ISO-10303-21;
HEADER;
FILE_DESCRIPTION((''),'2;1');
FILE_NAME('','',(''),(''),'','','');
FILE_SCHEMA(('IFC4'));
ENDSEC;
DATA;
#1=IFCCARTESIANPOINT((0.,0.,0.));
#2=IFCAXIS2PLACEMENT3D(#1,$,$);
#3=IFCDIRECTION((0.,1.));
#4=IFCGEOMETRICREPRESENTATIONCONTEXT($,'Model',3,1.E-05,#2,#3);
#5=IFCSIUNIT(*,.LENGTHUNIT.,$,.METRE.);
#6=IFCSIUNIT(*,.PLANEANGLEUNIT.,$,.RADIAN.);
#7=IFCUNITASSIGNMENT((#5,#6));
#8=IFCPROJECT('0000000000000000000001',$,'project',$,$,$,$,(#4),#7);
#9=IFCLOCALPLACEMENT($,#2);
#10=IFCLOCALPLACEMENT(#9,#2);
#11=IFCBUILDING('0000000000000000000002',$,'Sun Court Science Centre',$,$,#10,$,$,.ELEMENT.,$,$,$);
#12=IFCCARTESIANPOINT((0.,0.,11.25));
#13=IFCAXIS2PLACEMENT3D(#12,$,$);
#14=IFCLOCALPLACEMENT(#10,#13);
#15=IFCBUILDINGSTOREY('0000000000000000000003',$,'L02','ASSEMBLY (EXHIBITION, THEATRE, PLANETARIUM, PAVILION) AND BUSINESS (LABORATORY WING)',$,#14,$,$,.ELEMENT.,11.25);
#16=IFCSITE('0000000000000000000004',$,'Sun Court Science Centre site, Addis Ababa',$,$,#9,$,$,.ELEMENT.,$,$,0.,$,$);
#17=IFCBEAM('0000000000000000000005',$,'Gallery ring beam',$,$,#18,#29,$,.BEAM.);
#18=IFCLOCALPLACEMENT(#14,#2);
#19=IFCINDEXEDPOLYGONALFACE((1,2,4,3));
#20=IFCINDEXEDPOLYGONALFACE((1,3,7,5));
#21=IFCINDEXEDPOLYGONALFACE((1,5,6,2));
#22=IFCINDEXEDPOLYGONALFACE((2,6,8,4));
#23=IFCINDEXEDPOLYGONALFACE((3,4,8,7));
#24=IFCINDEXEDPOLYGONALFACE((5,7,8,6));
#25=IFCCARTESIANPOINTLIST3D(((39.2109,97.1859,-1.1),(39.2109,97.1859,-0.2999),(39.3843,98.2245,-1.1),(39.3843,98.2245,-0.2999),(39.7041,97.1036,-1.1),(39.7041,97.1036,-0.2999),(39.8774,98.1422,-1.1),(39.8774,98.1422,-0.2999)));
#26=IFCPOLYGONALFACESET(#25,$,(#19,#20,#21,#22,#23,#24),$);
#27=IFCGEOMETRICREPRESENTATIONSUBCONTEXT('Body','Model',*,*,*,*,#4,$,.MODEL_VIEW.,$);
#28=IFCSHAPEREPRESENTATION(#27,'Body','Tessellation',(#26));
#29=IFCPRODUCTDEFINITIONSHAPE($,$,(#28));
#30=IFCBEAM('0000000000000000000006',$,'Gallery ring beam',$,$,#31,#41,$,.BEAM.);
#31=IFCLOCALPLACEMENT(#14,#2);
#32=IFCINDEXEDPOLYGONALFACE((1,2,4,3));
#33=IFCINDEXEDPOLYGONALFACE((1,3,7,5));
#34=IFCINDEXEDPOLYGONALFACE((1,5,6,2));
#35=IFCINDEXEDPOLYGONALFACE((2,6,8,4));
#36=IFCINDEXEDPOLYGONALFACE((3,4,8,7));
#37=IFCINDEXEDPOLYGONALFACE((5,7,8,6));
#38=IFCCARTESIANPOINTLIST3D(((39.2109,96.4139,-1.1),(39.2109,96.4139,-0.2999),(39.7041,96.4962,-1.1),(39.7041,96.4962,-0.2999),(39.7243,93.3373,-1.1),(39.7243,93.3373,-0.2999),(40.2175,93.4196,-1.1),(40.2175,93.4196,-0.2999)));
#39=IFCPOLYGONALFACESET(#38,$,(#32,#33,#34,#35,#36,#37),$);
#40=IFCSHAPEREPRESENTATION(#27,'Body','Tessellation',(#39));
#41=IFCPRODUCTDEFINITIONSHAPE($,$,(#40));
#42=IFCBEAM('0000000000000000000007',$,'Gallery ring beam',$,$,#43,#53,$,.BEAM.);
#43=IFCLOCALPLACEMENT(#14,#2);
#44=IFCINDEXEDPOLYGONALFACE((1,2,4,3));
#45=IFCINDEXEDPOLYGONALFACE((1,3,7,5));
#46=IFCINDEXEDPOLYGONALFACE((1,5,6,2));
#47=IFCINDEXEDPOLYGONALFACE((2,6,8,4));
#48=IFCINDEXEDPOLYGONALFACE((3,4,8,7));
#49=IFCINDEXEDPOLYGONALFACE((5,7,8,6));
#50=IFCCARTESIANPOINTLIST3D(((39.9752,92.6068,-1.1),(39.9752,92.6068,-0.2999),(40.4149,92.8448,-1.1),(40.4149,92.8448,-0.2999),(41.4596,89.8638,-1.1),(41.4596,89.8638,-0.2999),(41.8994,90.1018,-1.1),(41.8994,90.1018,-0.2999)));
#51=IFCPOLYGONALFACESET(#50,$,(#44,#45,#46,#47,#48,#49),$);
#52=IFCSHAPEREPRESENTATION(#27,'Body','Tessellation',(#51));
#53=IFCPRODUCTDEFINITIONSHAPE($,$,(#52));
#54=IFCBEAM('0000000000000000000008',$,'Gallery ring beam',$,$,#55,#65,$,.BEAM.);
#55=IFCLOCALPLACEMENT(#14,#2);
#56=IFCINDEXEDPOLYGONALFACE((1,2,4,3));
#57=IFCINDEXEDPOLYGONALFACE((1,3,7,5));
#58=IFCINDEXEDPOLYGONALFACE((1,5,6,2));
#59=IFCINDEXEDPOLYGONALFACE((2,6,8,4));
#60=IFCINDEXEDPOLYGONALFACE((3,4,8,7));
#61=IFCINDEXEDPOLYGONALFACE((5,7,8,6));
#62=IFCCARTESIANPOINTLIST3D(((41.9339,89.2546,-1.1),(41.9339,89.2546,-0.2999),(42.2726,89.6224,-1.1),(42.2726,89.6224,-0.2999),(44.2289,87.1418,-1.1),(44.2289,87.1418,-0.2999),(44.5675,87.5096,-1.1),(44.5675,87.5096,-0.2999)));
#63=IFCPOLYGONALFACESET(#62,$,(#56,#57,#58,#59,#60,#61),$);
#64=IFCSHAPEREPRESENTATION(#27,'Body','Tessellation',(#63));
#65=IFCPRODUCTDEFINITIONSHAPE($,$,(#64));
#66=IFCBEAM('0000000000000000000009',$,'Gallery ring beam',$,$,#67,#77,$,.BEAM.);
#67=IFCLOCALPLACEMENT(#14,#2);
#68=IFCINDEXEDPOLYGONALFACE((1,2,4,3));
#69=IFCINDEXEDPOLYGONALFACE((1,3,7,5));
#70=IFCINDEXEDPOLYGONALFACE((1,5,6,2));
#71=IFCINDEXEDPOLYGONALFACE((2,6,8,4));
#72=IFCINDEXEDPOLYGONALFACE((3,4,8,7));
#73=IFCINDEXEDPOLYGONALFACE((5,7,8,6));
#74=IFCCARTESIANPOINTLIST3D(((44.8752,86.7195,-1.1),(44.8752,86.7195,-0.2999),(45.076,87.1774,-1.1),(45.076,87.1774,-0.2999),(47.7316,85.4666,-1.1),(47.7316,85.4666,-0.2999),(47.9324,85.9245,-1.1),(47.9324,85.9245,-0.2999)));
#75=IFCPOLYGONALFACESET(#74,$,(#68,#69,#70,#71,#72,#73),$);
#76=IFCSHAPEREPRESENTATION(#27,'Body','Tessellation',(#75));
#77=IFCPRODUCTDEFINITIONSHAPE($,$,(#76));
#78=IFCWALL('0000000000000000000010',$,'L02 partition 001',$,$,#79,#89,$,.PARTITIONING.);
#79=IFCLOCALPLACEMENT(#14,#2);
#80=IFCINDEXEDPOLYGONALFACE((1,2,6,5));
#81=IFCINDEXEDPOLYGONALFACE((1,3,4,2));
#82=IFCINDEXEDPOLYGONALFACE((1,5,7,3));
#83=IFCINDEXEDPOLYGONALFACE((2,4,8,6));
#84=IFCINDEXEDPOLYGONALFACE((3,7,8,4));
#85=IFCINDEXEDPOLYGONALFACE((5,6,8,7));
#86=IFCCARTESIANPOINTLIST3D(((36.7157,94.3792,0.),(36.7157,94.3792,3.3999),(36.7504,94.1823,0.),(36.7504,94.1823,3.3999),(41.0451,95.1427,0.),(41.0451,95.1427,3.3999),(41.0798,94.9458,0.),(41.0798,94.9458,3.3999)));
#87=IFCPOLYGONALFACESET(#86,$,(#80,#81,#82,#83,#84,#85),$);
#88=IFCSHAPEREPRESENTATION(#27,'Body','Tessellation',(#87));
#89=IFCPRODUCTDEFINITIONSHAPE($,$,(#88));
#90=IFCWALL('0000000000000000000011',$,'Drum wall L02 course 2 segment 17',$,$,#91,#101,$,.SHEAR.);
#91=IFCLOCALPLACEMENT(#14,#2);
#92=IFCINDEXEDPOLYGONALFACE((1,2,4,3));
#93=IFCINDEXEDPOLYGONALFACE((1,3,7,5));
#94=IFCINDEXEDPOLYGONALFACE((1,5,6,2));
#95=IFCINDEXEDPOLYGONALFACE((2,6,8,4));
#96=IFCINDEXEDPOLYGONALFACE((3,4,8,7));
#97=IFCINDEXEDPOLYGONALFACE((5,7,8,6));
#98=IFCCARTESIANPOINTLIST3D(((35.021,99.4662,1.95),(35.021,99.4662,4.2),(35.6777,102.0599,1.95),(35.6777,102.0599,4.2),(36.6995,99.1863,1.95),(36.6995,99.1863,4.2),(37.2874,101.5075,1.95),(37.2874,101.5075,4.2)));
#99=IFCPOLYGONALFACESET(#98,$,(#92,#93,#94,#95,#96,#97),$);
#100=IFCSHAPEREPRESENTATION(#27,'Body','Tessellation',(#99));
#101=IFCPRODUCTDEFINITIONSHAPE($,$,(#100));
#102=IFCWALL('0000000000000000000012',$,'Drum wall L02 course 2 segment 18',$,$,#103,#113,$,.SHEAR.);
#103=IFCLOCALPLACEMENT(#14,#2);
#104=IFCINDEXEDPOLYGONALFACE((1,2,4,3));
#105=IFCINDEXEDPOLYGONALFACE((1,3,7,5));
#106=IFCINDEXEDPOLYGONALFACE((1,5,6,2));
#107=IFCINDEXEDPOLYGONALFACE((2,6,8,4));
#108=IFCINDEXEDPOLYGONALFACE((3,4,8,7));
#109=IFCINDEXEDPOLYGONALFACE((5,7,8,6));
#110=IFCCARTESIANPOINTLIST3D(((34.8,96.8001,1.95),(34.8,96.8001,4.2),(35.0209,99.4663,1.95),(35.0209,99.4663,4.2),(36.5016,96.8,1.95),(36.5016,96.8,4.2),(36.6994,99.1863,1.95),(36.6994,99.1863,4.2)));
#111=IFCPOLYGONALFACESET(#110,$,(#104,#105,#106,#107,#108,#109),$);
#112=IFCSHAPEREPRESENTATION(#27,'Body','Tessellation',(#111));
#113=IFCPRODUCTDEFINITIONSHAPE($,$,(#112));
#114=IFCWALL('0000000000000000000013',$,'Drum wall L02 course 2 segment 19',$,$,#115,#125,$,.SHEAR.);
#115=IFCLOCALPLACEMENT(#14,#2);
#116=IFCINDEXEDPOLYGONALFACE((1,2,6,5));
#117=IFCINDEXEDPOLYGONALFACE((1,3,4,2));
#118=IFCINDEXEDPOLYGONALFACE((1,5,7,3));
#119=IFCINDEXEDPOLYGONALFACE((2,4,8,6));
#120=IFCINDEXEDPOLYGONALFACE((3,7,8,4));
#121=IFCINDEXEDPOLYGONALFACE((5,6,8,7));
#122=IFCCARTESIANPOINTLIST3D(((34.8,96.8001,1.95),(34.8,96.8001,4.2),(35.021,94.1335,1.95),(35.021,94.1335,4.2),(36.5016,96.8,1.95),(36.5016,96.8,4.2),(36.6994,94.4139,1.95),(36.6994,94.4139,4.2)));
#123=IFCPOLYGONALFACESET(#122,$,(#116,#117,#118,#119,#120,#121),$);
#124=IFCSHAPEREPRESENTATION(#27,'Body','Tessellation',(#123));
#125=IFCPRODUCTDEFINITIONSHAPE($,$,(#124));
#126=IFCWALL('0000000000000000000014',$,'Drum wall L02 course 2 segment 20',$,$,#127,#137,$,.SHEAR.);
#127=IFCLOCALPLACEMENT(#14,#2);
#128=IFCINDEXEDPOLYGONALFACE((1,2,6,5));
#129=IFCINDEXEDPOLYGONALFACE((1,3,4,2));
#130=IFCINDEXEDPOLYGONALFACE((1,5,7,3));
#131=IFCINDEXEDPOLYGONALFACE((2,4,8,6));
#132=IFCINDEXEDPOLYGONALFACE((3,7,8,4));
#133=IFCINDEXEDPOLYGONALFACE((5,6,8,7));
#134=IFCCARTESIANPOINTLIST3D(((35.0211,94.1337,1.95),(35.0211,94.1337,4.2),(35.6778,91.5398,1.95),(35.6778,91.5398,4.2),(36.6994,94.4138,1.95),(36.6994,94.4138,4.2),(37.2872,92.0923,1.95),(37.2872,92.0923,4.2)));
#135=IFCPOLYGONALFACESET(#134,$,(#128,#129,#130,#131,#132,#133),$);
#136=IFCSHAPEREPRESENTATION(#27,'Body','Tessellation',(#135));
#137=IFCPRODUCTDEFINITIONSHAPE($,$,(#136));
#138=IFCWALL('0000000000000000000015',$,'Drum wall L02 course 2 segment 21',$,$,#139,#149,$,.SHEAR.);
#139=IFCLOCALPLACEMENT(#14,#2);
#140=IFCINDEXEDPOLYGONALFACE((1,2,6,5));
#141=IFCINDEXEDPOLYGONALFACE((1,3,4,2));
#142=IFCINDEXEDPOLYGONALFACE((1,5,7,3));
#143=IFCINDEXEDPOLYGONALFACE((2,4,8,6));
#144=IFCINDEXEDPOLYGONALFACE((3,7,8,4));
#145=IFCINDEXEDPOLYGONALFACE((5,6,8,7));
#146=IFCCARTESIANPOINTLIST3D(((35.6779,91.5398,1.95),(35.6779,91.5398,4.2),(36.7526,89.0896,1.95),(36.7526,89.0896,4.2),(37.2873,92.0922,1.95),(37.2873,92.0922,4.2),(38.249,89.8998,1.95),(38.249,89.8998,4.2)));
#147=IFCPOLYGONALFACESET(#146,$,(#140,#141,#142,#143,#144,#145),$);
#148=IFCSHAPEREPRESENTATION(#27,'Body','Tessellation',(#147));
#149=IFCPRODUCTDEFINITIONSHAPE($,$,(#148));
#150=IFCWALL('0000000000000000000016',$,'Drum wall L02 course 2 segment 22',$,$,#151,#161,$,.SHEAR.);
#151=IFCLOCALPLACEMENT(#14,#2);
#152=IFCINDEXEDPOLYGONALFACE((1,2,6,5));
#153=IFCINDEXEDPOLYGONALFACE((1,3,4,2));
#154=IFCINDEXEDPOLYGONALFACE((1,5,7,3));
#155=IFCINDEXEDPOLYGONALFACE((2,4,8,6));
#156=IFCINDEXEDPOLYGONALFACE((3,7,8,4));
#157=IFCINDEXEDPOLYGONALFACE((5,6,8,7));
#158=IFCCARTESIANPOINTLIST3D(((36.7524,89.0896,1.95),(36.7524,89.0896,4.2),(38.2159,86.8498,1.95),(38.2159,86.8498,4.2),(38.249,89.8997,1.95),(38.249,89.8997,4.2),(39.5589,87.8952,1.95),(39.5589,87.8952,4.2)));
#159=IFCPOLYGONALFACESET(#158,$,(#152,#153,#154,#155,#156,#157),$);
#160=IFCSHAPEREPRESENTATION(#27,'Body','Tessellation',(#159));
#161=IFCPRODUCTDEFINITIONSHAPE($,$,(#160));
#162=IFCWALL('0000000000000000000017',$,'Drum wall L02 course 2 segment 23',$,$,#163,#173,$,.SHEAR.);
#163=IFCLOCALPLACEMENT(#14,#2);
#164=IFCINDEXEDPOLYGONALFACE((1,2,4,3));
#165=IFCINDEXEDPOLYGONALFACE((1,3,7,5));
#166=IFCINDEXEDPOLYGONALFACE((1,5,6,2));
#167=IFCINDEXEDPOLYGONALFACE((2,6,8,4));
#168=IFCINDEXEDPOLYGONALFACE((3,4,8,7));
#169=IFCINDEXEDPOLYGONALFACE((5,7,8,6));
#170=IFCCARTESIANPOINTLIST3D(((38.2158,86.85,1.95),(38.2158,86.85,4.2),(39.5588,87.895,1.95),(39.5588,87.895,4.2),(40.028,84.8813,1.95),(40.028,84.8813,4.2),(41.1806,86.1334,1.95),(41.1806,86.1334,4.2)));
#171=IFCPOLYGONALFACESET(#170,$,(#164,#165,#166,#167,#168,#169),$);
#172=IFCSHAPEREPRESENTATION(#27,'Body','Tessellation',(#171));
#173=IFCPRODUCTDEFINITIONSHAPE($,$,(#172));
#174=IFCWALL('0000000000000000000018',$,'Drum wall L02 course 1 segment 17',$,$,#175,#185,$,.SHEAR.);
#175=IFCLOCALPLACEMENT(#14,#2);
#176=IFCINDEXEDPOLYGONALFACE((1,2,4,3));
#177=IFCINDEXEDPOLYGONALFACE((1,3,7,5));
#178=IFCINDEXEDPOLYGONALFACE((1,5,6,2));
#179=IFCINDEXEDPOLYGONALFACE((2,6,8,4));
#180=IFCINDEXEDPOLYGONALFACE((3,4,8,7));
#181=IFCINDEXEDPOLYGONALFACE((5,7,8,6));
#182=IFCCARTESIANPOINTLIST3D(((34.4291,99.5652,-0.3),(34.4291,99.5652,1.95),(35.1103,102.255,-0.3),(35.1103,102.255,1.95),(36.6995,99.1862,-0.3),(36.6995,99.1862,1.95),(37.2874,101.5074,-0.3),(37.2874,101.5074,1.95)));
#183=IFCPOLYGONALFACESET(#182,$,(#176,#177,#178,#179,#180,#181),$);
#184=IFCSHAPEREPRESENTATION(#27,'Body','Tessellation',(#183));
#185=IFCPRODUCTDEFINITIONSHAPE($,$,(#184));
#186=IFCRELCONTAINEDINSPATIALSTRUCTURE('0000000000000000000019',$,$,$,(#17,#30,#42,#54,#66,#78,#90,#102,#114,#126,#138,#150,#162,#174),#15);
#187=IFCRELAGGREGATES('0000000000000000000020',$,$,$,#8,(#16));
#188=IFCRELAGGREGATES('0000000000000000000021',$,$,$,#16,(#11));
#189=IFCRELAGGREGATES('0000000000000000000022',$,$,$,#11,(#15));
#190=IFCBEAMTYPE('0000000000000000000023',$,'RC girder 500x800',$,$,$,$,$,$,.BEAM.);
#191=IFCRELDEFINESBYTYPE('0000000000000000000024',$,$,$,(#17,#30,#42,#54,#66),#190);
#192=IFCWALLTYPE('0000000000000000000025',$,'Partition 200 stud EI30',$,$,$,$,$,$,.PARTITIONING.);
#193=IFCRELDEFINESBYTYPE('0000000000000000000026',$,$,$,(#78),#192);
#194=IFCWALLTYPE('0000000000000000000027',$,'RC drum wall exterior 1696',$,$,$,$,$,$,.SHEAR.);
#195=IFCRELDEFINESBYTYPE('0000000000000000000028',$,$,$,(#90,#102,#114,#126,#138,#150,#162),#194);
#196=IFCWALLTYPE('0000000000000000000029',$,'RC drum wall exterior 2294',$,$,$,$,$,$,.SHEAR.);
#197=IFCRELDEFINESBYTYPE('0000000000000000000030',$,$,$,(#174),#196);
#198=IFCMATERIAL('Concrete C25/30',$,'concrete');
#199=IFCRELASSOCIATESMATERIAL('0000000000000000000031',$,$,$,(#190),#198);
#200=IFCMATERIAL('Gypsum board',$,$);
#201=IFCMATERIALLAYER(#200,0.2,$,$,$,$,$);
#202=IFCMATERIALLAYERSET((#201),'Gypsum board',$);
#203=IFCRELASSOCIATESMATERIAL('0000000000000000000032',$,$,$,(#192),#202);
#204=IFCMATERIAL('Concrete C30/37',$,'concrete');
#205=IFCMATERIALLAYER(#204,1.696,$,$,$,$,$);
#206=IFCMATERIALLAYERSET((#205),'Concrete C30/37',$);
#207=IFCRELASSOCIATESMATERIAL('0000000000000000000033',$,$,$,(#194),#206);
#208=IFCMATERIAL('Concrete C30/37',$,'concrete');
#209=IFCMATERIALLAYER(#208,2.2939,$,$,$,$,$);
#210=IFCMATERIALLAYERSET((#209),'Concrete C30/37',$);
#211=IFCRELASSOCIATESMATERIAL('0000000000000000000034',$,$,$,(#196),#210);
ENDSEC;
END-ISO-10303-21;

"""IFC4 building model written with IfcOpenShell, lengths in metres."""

from ifc_helpers import new_model, si_unit, direction, frame, frame_2d, origin, origin_2d, place, context, subcontext, project, spatial, polyline, rectangle, outline, extrude, material, layer, layer_set, material_profile, profile_set, type_object, element, save


model = new_model("IFC4")

# Units and contexts
model_context = context("Model", 3, precision=1e-05, world=origin(), true_north=direction((0.0, 1.0)))
body_context = subcontext(model_context, "Body", "Model", "MODEL_VIEW")
ifc_project = project(units=[si_unit("LENGTHUNIT", "METRE"), si_unit("PLANEANGLEUNIT", "RADIAN")], contexts=[model_context])

# Site, building, storey
site_placement = place(None, origin())
site = spatial("IfcSite", under=ifc_project, at=site_placement, Name="Sun Court Science Centre site, Addis Ababa", CompositionType="ELEMENT", RefElevation=0.0)
building_placement = place(site_placement, origin())
building = spatial("IfcBuilding", under=site, at=building_placement, Name="Sun Court Science Centre", CompositionType="ELEMENT")
storey_placement = place(building_placement, frame((0.0, 0.0, 11.25)))
storey = spatial("IfcBuildingStorey", under=building, at=storey_placement, Name="L02", Description="ASSEMBLY (EXHIBITION, THEATRE, PLANETARIUM, PAVILION) AND BUSINESS (LABORATORY WING)", CompositionType="ELEMENT", Elevation=11.25)

# Beams
ifc_material_1 = material(Name="Concrete C25/30", Category="concrete")
ifc_material_profile_1 = material_profile(ifc_material_1, rectangle(XDim=0.5, YDim=0.8, at=origin_2d()), Name="RC 500x800")
ifc_profile_set_1 = profile_set([ifc_material_profile_1], Name="Concrete C25/30")
beam_type = type_object("IfcBeamType", Name="RC girder 500x800", PredefinedType="BEAM", material=ifc_profile_set_1)
beam_1_placement = place(storey_placement, frame((39.6309, 98.1833, -0.7), z_axis=(-0.164625, -0.986356, 0.0), x_axis=(0.986356, -0.164625, 0.0)))
element("IfcBeam", 1, at=beam_1_placement, inside=storey, type_object=beam_type, Name="Gallery ring beam", PredefinedType="BEAM", context=body_context, shape_type="SweptSolid", body=[
    extrude(rectangle(XDim=0.5, YDim=0.8, at=origin_2d()), origin(), (0.0, 0.0, 1.0), 1.053),
])
beam_2_placement = place(storey_placement, frame((39.4575, 96.4551, -0.7), z_axis=(0.164602, -0.98636, 0.0), x_axis=(0.98636, 0.164602, 0.0)))
element("IfcBeam", 2, at=beam_2_placement, inside=storey, type_object=beam_type, Name="Gallery ring beam", PredefinedType="BEAM", context=body_context, shape_type="SweptSolid", body=[
    extrude(rectangle(XDim=0.5, YDim=0.8, at=origin_2d()), origin(), (0.0, 0.0, 1.0), 3.1191),
])
beam_3_placement = place(storey_placement, frame((40.1951, 92.7258, -0.7), z_axis=(0.475943, -0.879476, 0.0), x_axis=(0.879476, 0.475943, 0.0)))
element("IfcBeam", 3, at=beam_3_placement, inside=storey, type_object=beam_type, Name="Gallery ring beam", PredefinedType="BEAM", context=body_context, shape_type="SweptSolid", body=[
    extrude(rectangle(XDim=0.5, YDim=0.8, at=origin_2d()), origin(), (0.0, 0.0, 1.0), 3.1189),
])
beam_4_placement = place(storey_placement, frame((42.1033, 89.4385, -0.7), z_axis=(0.735697, -0.677311, 0.0), x_axis=(0.677311, 0.735697, 0.0)))
element("IfcBeam", 4, at=beam_4_placement, inside=storey, type_object=beam_type, Name="Gallery ring beam", PredefinedType="BEAM", context=body_context, shape_type="SweptSolid", body=[
    extrude(rectangle(XDim=0.5, YDim=0.8, at=origin_2d()), origin(), (0.0, 0.0, 1.0), 3.1194),
])
beam_5_placement = place(storey_placement, frame((44.9756, 86.9485, -0.7), z_axis=(0.915776, -0.401689, 0.0), x_axis=(0.401689, 0.915776, 0.0)))
element("IfcBeam", 5, at=beam_5_placement, inside=storey, type_object=beam_type, Name="Gallery ring beam", PredefinedType="BEAM", context=body_context, shape_type="SweptSolid", body=[
    extrude(rectangle(XDim=0.5, YDim=0.8, at=origin_2d()), origin(), (0.0, 0.0, 1.0), 3.1191),
])

# Walls
ifc_material_2 = material(Name="Gypsum board")
ifc_layer_1 = layer(ifc_material_2, 0.2)
ifc_layer_set_1 = layer_set([ifc_layer_1], Name="Gypsum board")
wall_type_1 = type_object("IfcWallType", Name="Partition 200 stud EI30", PredefinedType="PARTITIONING", material=ifc_layer_set_1)
wall_1_placement = place(storey_placement, frame((36.7329, 94.2808, 0.0), z_axis=(0.0, 0.0, 1.0), x_axis=(0.984806, 0.173659, 0.0)))
element("IfcWall", 6, at=wall_1_placement, inside=storey, type_object=wall_type_1, Name="L02 partition 001", PredefinedType="PARTITIONING", context=body_context, shape_type="SweptSolid", body=[
    extrude(rectangle(XDim=4.3962, YDim=0.2, at=frame_2d((2.1982, 0.0))), origin(), (0.0, 0.0, 1.0), 3.3999),
])
ifc_material_3 = material(Name="Concrete C30/37", Category="concrete")
ifc_layer_2 = layer(ifc_material_3, 1.696)
ifc_layer_set_2 = layer_set([ifc_layer_2], Name="Concrete C30/37")
wall_type_2 = type_object("IfcWallType", Name="RC drum wall exterior 1696", PredefinedType="SHEAR", material=ifc_layer_set_2)
wall_2_placement = place(storey_placement, frame((36.4998, 101.8521, 1.95), z_axis=(0.0, 0.0, 1.0), x_axis=(-0.245454, -0.969408, 0.0)))
element("IfcWall", 7, at=wall_2_placement, inside=storey, type_object=wall_type_2, Name="Drum wall L02 course 2 segment 17", PredefinedType="SHEAR", context=body_context, shape_type="SweptSolid", body=[
    extrude(outline(polyline([(0.0002, -0.8479), (2.6758, -0.8479), (2.5352, 0.8479), (0.1406, 0.8481), (0.0002, -0.8479)])), origin(), (0.0, 0.0, 1.0), 2.25),
])
wall_3_placement = place(storey_placement, frame((35.866, 99.3965, 1.95), z_axis=(0.0, 0.0, 1.0), x_axis=(-0.082577, -0.996585, 0.0)))
element("IfcWall", 8, at=wall_3_placement, inside=storey, type_object=wall_type_2, Name="Drum wall L02 course 2 segment 18", PredefinedType="SHEAR", context=body_context, shape_type="SweptSolid", body=[
    extrude(outline(polyline([(0.0002, -0.8479), (2.6755, -0.8479), (2.5352, 0.8479), (0.1406, 0.8479), (0.0002, -0.8479)])), origin(), (0.0, 0.0, 1.0), 2.25),
])
wall_4_placement = place(storey_placement, frame((35.645, 96.8701, 1.95), z_axis=(0.0, 0.0, 1.0), x_axis=(0.082577, -0.996585, 0.0)))
element("IfcWall", 9, at=wall_4_placement, inside=storey, type_object=wall_type_2, Name="Drum wall L02 course 2 segment 19", PredefinedType="SHEAR", context=body_context, shape_type="SweptSolid", body=[
    extrude(outline(polyline([(0.0, -0.8479), (2.6758, -0.8479), (2.5349, 0.8479), (0.1406, 0.8479), (0.0, -0.8479)])), origin(), (0.0, 0.0, 1.0), 2.25),
])
wall_5_placement = place(storey_placement, frame((35.843, 94.3418, 1.95), z_axis=(0.0, 0.0, 1.0), x_axis=(0.245454, -0.969408, 0.0)))
element("IfcWall", 10, at=wall_5_placement, inside=storey, type_object=wall_type_2, Name="Drum wall L02 course 2 segment 20", PredefinedType="SHEAR", context=body_context, shape_type="SweptSolid", body=[
    extrude(outline(polyline([(0.0, -0.8479), (2.6758, -0.8479), (2.5352, 0.8479), (0.1404, 0.8479), (0.0, -0.8479)])), origin(), (0.0, 0.0, 1.0), 2.25),
])
wall_6_placement = place(storey_placement, frame((36.4543, 91.8804, 1.95), z_axis=(0.0, 0.0, 1.0), x_axis=(0.40168, -0.91578, 0.0)))
element("IfcWall", 11, at=wall_6_placement, inside=storey, type_object=wall_type_2, Name="Drum wall L02 course 2 segment 21", PredefinedType="SHEAR", context=body_context, shape_type="SweptSolid", body=[
    extrude(outline(polyline([(0.0, -0.8479), (2.6755, -0.8479), (2.5347, 0.8479), (0.1406, 0.8479), (0.0, -0.8479)])), origin(), (0.0, 0.0, 1.0), 2.25),
])
wall_7_placement = place(storey_placement, frame((37.4624, 89.5535, 1.95), z_axis=(0.0, 0.0, 1.0), x_axis=(0.546927, -0.83718, 0.0)))
element("IfcWall", 12, at=wall_7_placement, inside=storey, type_object=wall_type_2, Name="Drum wall L02 course 2 segment 22", PredefinedType="SHEAR", context=body_context, shape_type="SweptSolid", body=[
    extrude(outline(polyline([(0.0, -0.8481), (2.6755, -0.8479), (2.5349, 0.8481), (0.1404, 0.8479), (0.0, -0.8481)])), origin(), (0.0, 0.0, 1.0), 2.25),
])
wall_8_placement = place(storey_placement, frame((38.8398, 87.4241, 1.95), z_axis=(0.0, 0.0, 1.0), x_axis=(0.677256, -0.735747, 0.0)))
element("IfcWall", 13, at=wall_8_placement, inside=storey, type_object=wall_type_2, Name="Drum wall L02 course 2 segment 23", PredefinedType="SHEAR", context=body_context, shape_type="SweptSolid", body=[
    extrude(outline(polyline([(-0.0002, -0.8479), (2.6755, -0.8479), (2.5349, 0.8481), (0.1404, 0.8479), (-0.0002, -0.8479)])), origin(), (0.0, 0.0, 1.0), 2.25),
])
ifc_material_4 = material(Name="Concrete C30/37", Category="concrete")
ifc_layer_3 = layer(ifc_material_4, 2.2939)
ifc_layer_set_3 = layer_set([ifc_layer_3], Name="Concrete C30/37")
wall_type_3 = type_object("IfcWallType", Name="RC drum wall exterior 2294", PredefinedType="SHEAR", material=ifc_layer_set_3)
wall_9_placement = place(storey_placement, frame((36.2222, 101.9734, -0.3), z_axis=(0.0, 0.0, 1.0), x_axis=(-0.245495, -0.969398, 0.0)))
element("IfcWall", 14, at=wall_9_placement, inside=storey, type_object=wall_type_3, Name="Drum wall L02 course 1 segment 17", PredefinedType="SHEAR", context=body_context, shape_type="SweptSolid", body=[
    extrude(outline(polyline([(0.0, -1.147), (2.7747, -1.147), (2.5847, 1.147), (0.1902, 1.147), (0.0, -1.147)])), origin(), (0.0, 0.0, 1.0), 2.25),
])

save(model, "model.ifc")
